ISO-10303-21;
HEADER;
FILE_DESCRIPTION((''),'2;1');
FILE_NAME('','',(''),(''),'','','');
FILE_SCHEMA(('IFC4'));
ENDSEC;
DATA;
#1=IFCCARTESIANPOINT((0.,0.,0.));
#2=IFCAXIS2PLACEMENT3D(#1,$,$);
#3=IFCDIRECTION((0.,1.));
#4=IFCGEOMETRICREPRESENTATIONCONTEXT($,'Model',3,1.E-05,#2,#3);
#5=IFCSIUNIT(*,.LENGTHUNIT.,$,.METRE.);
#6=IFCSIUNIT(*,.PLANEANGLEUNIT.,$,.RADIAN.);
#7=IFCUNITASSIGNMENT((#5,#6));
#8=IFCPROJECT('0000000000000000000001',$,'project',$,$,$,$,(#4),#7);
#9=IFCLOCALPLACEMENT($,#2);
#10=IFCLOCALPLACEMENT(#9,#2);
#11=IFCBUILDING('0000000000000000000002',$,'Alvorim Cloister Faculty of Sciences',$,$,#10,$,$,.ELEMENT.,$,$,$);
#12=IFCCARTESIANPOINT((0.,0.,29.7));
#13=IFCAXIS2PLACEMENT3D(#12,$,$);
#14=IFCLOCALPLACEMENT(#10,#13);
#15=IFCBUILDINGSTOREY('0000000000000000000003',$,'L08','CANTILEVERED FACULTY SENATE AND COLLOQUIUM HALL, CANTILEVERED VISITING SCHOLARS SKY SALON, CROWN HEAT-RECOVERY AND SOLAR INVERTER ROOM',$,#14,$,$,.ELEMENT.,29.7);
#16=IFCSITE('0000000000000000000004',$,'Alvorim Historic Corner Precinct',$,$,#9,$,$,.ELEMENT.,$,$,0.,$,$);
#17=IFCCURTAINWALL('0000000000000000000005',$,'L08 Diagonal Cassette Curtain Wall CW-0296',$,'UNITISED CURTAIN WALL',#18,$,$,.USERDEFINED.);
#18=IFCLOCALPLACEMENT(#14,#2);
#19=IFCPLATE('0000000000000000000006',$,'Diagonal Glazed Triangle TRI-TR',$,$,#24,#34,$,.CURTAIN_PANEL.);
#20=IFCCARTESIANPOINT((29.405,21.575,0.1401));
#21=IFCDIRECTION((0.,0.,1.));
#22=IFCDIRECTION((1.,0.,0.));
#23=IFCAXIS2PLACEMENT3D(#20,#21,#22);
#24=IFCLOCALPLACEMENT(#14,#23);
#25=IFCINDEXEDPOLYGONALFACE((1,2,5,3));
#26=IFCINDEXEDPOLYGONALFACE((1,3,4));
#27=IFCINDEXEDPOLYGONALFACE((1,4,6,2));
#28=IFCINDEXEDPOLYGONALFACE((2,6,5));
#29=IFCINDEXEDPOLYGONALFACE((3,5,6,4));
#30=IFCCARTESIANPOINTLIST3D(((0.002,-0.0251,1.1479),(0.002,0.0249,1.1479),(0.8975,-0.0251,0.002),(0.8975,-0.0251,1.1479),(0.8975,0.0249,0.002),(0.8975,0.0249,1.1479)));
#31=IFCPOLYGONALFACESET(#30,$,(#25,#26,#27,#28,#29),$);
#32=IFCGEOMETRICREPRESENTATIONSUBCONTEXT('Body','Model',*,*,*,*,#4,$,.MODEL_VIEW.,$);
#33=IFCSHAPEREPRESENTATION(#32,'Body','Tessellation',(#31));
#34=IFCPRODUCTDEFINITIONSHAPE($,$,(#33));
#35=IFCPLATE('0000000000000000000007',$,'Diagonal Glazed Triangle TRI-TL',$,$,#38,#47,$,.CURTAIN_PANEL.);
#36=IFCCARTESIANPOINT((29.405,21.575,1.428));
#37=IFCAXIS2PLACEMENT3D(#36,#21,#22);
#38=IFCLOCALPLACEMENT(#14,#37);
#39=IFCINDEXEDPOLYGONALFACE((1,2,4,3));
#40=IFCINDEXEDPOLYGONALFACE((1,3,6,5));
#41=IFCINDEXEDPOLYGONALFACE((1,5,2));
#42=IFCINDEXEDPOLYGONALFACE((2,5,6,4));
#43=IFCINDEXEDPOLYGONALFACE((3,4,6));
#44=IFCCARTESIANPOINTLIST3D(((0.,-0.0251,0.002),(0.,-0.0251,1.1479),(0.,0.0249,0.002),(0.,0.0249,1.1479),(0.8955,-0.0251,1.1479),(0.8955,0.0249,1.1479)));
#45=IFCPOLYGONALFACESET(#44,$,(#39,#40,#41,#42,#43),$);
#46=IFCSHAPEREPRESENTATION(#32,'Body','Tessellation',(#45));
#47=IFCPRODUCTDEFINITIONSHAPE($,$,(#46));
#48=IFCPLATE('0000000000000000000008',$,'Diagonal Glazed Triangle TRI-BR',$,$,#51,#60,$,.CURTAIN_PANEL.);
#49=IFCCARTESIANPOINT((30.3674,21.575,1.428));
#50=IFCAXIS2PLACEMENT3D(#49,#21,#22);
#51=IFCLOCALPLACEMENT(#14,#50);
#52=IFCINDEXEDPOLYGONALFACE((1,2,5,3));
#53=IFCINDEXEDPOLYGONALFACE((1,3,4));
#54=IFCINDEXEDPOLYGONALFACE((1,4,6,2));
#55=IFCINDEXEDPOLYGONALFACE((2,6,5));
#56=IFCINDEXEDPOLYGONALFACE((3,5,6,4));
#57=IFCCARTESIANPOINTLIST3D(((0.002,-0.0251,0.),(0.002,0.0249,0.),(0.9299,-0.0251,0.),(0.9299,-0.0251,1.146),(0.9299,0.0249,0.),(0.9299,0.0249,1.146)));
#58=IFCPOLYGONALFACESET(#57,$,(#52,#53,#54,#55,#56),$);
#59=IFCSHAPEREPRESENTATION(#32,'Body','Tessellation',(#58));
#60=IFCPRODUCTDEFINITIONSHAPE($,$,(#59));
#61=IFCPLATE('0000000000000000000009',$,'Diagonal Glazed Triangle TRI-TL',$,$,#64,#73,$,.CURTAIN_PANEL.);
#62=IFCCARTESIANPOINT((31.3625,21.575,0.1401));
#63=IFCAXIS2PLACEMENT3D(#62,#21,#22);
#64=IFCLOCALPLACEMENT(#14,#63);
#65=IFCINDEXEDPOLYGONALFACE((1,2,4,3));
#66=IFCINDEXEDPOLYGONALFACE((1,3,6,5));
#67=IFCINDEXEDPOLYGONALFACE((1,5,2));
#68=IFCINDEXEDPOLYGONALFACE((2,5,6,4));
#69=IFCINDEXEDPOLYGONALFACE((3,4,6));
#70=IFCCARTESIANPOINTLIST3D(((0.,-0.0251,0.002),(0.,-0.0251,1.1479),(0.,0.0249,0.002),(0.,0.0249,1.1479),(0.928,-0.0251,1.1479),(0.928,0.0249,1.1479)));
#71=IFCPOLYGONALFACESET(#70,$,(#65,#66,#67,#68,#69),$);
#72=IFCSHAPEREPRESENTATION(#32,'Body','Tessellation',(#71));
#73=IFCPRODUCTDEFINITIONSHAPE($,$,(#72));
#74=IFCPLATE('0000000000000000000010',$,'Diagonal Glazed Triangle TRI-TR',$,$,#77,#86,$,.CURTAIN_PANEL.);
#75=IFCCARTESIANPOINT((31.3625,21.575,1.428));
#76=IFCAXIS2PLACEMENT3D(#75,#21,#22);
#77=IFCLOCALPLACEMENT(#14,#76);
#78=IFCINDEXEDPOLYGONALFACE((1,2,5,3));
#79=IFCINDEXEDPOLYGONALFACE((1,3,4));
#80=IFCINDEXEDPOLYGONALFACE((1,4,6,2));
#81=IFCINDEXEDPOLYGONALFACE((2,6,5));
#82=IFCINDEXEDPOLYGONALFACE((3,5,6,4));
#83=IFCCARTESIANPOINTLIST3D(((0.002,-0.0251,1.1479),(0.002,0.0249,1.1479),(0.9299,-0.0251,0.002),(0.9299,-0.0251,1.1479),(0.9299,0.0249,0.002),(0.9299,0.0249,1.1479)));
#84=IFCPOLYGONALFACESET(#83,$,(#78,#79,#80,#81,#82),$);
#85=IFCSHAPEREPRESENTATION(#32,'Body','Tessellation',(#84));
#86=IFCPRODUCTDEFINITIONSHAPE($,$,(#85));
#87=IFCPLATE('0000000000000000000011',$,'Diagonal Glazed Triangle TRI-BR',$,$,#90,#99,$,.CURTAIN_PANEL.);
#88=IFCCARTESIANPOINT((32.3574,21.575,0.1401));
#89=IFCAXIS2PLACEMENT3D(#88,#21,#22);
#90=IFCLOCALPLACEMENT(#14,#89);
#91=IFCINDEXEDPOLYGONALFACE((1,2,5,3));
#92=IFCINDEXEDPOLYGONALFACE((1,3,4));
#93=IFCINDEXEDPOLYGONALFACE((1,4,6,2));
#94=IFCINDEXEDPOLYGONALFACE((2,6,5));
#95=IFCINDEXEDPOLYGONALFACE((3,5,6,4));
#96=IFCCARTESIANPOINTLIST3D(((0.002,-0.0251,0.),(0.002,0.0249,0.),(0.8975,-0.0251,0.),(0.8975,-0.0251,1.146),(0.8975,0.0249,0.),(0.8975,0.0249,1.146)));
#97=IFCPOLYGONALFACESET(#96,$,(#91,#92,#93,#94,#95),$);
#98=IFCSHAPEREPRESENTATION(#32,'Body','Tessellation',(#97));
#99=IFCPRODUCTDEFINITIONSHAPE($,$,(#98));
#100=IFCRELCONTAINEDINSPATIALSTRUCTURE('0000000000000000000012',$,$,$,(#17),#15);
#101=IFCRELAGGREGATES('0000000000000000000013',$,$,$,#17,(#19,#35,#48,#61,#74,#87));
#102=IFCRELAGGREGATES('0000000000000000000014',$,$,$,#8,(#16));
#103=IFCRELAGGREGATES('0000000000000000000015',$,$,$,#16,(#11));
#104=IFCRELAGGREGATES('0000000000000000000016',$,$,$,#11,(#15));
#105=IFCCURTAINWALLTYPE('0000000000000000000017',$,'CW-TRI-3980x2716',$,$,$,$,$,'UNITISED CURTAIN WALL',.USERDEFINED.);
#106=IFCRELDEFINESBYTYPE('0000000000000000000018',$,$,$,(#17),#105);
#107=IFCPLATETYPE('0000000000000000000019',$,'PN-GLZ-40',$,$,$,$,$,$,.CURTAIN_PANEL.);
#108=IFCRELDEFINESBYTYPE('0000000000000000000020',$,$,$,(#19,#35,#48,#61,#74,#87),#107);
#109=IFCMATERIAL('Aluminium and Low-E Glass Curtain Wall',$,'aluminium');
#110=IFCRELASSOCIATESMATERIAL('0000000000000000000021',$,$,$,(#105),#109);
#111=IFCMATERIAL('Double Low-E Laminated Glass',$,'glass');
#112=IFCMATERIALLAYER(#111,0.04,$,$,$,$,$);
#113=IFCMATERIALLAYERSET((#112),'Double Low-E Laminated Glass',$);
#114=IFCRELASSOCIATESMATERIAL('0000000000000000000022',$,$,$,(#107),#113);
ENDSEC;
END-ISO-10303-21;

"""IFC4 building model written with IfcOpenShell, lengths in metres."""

from ifc_helpers import new_model, si_unit, direction, frame, origin, place, context, subcontext, project, spatial, polyline, outline, extrude, material, layer, layer_set, type_object, element, aggregate, save


model = new_model("IFC4")

# Units and contexts
model_context = context("Model", 3, precision=1e-05, world=origin(), true_north=direction((0.0, 1.0)))
body_context = subcontext(model_context, "Body", "Model", "MODEL_VIEW")
ifc_project = project(units=[si_unit("LENGTHUNIT", "METRE"), si_unit("PLANEANGLEUNIT", "RADIAN")], contexts=[model_context])

# Site, building, storey
site_placement = place(None, origin())
site = spatial("IfcSite", under=ifc_project, at=site_placement, Name="Alvorim Historic Corner Precinct", CompositionType="ELEMENT", RefElevation=0.0)
building_placement = place(site_placement, origin())
building = spatial("IfcBuilding", under=site, at=building_placement, Name="Alvorim Cloister Faculty of Sciences", CompositionType="ELEMENT")
storey_placement = place(building_placement, frame((0.0, 0.0, 29.7)))
storey = spatial("IfcBuildingStorey", under=building, at=storey_placement, Name="L08", Description="CANTILEVERED FACULTY SENATE AND COLLOQUIUM HALL, CANTILEVERED VISITING SCHOLARS SKY SALON, CROWN HEAT-RECOVERY AND SOLAR INVERTER ROOM", CompositionType="ELEMENT", Elevation=29.7)

# Curtain wall, plates
ifc_material_1 = material(Name="Aluminium and Low-E Glass Curtain Wall", Category="aluminium")
curtain_wall_type = type_object("IfcCurtainWallType", Name="CW-TRI-3980x2716", ElementType="UNITISED CURTAIN WALL", PredefinedType="USERDEFINED", material=ifc_material_1)
curtain_wall_placement = place(storey_placement, origin())
curtain_wall = element("IfcCurtainWall", 1, at=curtain_wall_placement, inside=storey, type_object=curtain_wall_type, Name="L08 Diagonal Cassette Curtain Wall CW-0296", ObjectType="UNITISED CURTAIN WALL", PredefinedType="USERDEFINED")
ifc_material_2 = material(Name="Double Low-E Laminated Glass", Category="glass")
ifc_layer_1 = layer(ifc_material_2, 0.04)
ifc_layer_set_1 = layer_set([ifc_layer_1], Name="Double Low-E Laminated Glass")
plate_type = type_object("IfcPlateType", Name="PN-GLZ-40", PredefinedType="CURTAIN_PANEL", material=ifc_layer_set_1)
plate_1_placement = place(storey_placement, frame((29.405, 21.575, 0.1401), z_axis=(0.0, 0.0, 1.0), x_axis=(1.0, 0.0, 0.0)))
plate_1 = element("IfcPlate", 2, at=plate_1_placement, type_object=plate_type, Name="Diagonal Glazed Triangle TRI-TR", PredefinedType="CURTAIN_PANEL", context=body_context, shape_type="SweptSolid", body=[
    extrude(outline(polyline([(0.8975, 0.002), (0.8975, 1.1479), (0.002, 1.1479), (0.8975, 0.002)])), frame((0.0, 0.0249, 0.0), z_axis=(0.0, -1.0, 0.0), x_axis=(1.0, 0.0, 0.0)), (0.0, 0.0, 1.0), 0.05),
])
plate_2_placement = place(storey_placement, frame((29.405, 21.575, 1.428), z_axis=(0.0, 0.0, 1.0), x_axis=(1.0, 0.0, 0.0)))
plate_2 = element("IfcPlate", 3, at=plate_2_placement, type_object=plate_type, Name="Diagonal Glazed Triangle TRI-TL", PredefinedType="CURTAIN_PANEL", context=body_context, shape_type="SweptSolid", body=[
    extrude(outline(polyline([(0.8955, 1.1479), (0.0, 1.1479), (0.0, 0.002), (0.8955, 1.1479)])), frame((0.0, 0.0249, 0.0), z_axis=(0.0, -1.0, 0.0), x_axis=(1.0, 0.0, 0.0)), (0.0, 0.0, 1.0), 0.05),
])
plate_3_placement = place(storey_placement, frame((30.3674, 21.575, 1.428), z_axis=(0.0, 0.0, 1.0), x_axis=(1.0, 0.0, 0.0)))
plate_3 = element("IfcPlate", 4, at=plate_3_placement, type_object=plate_type, Name="Diagonal Glazed Triangle TRI-BR", PredefinedType="CURTAIN_PANEL", context=body_context, shape_type="SweptSolid", body=[
    extrude(outline(polyline([(0.002, 0.0), (0.9299, 0.0), (0.9299, 1.146), (0.002, 0.0)])), frame((0.0, 0.0249, 0.0), z_axis=(0.0, -1.0, 0.0), x_axis=(1.0, 0.0, 0.0)), (0.0, 0.0, 1.0), 0.05),
])
plate_4_placement = place(storey_placement, frame((31.3625, 21.575, 0.1401), z_axis=(0.0, 0.0, 1.0), x_axis=(1.0, 0.0, 0.0)))
plate_4 = element("IfcPlate", 5, at=plate_4_placement, type_object=plate_type, Name="Diagonal Glazed Triangle TRI-TL", PredefinedType="CURTAIN_PANEL", context=body_context, shape_type="SweptSolid", body=[
    extrude(outline(polyline([(0.928, 1.1479), (0.0, 1.1479), (0.0, 0.002), (0.928, 1.1479)])), frame((0.0, 0.0249, 0.0), z_axis=(0.0, -1.0, 0.0), x_axis=(1.0, 0.0, 0.0)), (0.0, 0.0, 1.0), 0.05),
])
plate_5_placement = place(storey_placement, frame((31.3625, 21.575, 1.428), z_axis=(0.0, 0.0, 1.0), x_axis=(1.0, 0.0, 0.0)))
plate_5 = element("IfcPlate", 6, at=plate_5_placement, type_object=plate_type, Name="Diagonal Glazed Triangle TRI-TR", PredefinedType="CURTAIN_PANEL", context=body_context, shape_type="SweptSolid", body=[
    extrude(outline(polyline([(0.9299, 0.002), (0.9299, 1.1479), (0.002, 1.1479), (0.9299, 0.002)])), frame((0.0, 0.0249, 0.0), z_axis=(0.0, -1.0, 0.0), x_axis=(1.0, 0.0, 0.0)), (0.0, 0.0, 1.0), 0.05),
])
plate_6_placement = place(storey_placement, frame((32.3574, 21.575, 0.1401), z_axis=(0.0, 0.0, 1.0), x_axis=(1.0, 0.0, 0.0)))
plate_6 = element("IfcPlate", 7, at=plate_6_placement, type_object=plate_type, Name="Diagonal Glazed Triangle TRI-BR", PredefinedType="CURTAIN_PANEL", context=body_context, shape_type="SweptSolid", body=[
    extrude(outline(polyline([(0.002, 0.0), (0.8975, 0.0), (0.8975, 1.146), (0.002, 0.0)])), frame((0.0, 0.0249, 0.0), z_axis=(0.0, -1.0, 0.0), x_axis=(1.0, 0.0, 0.0)), (0.0, 0.0, 1.0), 0.05),
])
aggregate(curtain_wall, [plate_1, plate_2, plate_3, plate_4, plate_5, plate_6])

save(model, "model.ifc")
